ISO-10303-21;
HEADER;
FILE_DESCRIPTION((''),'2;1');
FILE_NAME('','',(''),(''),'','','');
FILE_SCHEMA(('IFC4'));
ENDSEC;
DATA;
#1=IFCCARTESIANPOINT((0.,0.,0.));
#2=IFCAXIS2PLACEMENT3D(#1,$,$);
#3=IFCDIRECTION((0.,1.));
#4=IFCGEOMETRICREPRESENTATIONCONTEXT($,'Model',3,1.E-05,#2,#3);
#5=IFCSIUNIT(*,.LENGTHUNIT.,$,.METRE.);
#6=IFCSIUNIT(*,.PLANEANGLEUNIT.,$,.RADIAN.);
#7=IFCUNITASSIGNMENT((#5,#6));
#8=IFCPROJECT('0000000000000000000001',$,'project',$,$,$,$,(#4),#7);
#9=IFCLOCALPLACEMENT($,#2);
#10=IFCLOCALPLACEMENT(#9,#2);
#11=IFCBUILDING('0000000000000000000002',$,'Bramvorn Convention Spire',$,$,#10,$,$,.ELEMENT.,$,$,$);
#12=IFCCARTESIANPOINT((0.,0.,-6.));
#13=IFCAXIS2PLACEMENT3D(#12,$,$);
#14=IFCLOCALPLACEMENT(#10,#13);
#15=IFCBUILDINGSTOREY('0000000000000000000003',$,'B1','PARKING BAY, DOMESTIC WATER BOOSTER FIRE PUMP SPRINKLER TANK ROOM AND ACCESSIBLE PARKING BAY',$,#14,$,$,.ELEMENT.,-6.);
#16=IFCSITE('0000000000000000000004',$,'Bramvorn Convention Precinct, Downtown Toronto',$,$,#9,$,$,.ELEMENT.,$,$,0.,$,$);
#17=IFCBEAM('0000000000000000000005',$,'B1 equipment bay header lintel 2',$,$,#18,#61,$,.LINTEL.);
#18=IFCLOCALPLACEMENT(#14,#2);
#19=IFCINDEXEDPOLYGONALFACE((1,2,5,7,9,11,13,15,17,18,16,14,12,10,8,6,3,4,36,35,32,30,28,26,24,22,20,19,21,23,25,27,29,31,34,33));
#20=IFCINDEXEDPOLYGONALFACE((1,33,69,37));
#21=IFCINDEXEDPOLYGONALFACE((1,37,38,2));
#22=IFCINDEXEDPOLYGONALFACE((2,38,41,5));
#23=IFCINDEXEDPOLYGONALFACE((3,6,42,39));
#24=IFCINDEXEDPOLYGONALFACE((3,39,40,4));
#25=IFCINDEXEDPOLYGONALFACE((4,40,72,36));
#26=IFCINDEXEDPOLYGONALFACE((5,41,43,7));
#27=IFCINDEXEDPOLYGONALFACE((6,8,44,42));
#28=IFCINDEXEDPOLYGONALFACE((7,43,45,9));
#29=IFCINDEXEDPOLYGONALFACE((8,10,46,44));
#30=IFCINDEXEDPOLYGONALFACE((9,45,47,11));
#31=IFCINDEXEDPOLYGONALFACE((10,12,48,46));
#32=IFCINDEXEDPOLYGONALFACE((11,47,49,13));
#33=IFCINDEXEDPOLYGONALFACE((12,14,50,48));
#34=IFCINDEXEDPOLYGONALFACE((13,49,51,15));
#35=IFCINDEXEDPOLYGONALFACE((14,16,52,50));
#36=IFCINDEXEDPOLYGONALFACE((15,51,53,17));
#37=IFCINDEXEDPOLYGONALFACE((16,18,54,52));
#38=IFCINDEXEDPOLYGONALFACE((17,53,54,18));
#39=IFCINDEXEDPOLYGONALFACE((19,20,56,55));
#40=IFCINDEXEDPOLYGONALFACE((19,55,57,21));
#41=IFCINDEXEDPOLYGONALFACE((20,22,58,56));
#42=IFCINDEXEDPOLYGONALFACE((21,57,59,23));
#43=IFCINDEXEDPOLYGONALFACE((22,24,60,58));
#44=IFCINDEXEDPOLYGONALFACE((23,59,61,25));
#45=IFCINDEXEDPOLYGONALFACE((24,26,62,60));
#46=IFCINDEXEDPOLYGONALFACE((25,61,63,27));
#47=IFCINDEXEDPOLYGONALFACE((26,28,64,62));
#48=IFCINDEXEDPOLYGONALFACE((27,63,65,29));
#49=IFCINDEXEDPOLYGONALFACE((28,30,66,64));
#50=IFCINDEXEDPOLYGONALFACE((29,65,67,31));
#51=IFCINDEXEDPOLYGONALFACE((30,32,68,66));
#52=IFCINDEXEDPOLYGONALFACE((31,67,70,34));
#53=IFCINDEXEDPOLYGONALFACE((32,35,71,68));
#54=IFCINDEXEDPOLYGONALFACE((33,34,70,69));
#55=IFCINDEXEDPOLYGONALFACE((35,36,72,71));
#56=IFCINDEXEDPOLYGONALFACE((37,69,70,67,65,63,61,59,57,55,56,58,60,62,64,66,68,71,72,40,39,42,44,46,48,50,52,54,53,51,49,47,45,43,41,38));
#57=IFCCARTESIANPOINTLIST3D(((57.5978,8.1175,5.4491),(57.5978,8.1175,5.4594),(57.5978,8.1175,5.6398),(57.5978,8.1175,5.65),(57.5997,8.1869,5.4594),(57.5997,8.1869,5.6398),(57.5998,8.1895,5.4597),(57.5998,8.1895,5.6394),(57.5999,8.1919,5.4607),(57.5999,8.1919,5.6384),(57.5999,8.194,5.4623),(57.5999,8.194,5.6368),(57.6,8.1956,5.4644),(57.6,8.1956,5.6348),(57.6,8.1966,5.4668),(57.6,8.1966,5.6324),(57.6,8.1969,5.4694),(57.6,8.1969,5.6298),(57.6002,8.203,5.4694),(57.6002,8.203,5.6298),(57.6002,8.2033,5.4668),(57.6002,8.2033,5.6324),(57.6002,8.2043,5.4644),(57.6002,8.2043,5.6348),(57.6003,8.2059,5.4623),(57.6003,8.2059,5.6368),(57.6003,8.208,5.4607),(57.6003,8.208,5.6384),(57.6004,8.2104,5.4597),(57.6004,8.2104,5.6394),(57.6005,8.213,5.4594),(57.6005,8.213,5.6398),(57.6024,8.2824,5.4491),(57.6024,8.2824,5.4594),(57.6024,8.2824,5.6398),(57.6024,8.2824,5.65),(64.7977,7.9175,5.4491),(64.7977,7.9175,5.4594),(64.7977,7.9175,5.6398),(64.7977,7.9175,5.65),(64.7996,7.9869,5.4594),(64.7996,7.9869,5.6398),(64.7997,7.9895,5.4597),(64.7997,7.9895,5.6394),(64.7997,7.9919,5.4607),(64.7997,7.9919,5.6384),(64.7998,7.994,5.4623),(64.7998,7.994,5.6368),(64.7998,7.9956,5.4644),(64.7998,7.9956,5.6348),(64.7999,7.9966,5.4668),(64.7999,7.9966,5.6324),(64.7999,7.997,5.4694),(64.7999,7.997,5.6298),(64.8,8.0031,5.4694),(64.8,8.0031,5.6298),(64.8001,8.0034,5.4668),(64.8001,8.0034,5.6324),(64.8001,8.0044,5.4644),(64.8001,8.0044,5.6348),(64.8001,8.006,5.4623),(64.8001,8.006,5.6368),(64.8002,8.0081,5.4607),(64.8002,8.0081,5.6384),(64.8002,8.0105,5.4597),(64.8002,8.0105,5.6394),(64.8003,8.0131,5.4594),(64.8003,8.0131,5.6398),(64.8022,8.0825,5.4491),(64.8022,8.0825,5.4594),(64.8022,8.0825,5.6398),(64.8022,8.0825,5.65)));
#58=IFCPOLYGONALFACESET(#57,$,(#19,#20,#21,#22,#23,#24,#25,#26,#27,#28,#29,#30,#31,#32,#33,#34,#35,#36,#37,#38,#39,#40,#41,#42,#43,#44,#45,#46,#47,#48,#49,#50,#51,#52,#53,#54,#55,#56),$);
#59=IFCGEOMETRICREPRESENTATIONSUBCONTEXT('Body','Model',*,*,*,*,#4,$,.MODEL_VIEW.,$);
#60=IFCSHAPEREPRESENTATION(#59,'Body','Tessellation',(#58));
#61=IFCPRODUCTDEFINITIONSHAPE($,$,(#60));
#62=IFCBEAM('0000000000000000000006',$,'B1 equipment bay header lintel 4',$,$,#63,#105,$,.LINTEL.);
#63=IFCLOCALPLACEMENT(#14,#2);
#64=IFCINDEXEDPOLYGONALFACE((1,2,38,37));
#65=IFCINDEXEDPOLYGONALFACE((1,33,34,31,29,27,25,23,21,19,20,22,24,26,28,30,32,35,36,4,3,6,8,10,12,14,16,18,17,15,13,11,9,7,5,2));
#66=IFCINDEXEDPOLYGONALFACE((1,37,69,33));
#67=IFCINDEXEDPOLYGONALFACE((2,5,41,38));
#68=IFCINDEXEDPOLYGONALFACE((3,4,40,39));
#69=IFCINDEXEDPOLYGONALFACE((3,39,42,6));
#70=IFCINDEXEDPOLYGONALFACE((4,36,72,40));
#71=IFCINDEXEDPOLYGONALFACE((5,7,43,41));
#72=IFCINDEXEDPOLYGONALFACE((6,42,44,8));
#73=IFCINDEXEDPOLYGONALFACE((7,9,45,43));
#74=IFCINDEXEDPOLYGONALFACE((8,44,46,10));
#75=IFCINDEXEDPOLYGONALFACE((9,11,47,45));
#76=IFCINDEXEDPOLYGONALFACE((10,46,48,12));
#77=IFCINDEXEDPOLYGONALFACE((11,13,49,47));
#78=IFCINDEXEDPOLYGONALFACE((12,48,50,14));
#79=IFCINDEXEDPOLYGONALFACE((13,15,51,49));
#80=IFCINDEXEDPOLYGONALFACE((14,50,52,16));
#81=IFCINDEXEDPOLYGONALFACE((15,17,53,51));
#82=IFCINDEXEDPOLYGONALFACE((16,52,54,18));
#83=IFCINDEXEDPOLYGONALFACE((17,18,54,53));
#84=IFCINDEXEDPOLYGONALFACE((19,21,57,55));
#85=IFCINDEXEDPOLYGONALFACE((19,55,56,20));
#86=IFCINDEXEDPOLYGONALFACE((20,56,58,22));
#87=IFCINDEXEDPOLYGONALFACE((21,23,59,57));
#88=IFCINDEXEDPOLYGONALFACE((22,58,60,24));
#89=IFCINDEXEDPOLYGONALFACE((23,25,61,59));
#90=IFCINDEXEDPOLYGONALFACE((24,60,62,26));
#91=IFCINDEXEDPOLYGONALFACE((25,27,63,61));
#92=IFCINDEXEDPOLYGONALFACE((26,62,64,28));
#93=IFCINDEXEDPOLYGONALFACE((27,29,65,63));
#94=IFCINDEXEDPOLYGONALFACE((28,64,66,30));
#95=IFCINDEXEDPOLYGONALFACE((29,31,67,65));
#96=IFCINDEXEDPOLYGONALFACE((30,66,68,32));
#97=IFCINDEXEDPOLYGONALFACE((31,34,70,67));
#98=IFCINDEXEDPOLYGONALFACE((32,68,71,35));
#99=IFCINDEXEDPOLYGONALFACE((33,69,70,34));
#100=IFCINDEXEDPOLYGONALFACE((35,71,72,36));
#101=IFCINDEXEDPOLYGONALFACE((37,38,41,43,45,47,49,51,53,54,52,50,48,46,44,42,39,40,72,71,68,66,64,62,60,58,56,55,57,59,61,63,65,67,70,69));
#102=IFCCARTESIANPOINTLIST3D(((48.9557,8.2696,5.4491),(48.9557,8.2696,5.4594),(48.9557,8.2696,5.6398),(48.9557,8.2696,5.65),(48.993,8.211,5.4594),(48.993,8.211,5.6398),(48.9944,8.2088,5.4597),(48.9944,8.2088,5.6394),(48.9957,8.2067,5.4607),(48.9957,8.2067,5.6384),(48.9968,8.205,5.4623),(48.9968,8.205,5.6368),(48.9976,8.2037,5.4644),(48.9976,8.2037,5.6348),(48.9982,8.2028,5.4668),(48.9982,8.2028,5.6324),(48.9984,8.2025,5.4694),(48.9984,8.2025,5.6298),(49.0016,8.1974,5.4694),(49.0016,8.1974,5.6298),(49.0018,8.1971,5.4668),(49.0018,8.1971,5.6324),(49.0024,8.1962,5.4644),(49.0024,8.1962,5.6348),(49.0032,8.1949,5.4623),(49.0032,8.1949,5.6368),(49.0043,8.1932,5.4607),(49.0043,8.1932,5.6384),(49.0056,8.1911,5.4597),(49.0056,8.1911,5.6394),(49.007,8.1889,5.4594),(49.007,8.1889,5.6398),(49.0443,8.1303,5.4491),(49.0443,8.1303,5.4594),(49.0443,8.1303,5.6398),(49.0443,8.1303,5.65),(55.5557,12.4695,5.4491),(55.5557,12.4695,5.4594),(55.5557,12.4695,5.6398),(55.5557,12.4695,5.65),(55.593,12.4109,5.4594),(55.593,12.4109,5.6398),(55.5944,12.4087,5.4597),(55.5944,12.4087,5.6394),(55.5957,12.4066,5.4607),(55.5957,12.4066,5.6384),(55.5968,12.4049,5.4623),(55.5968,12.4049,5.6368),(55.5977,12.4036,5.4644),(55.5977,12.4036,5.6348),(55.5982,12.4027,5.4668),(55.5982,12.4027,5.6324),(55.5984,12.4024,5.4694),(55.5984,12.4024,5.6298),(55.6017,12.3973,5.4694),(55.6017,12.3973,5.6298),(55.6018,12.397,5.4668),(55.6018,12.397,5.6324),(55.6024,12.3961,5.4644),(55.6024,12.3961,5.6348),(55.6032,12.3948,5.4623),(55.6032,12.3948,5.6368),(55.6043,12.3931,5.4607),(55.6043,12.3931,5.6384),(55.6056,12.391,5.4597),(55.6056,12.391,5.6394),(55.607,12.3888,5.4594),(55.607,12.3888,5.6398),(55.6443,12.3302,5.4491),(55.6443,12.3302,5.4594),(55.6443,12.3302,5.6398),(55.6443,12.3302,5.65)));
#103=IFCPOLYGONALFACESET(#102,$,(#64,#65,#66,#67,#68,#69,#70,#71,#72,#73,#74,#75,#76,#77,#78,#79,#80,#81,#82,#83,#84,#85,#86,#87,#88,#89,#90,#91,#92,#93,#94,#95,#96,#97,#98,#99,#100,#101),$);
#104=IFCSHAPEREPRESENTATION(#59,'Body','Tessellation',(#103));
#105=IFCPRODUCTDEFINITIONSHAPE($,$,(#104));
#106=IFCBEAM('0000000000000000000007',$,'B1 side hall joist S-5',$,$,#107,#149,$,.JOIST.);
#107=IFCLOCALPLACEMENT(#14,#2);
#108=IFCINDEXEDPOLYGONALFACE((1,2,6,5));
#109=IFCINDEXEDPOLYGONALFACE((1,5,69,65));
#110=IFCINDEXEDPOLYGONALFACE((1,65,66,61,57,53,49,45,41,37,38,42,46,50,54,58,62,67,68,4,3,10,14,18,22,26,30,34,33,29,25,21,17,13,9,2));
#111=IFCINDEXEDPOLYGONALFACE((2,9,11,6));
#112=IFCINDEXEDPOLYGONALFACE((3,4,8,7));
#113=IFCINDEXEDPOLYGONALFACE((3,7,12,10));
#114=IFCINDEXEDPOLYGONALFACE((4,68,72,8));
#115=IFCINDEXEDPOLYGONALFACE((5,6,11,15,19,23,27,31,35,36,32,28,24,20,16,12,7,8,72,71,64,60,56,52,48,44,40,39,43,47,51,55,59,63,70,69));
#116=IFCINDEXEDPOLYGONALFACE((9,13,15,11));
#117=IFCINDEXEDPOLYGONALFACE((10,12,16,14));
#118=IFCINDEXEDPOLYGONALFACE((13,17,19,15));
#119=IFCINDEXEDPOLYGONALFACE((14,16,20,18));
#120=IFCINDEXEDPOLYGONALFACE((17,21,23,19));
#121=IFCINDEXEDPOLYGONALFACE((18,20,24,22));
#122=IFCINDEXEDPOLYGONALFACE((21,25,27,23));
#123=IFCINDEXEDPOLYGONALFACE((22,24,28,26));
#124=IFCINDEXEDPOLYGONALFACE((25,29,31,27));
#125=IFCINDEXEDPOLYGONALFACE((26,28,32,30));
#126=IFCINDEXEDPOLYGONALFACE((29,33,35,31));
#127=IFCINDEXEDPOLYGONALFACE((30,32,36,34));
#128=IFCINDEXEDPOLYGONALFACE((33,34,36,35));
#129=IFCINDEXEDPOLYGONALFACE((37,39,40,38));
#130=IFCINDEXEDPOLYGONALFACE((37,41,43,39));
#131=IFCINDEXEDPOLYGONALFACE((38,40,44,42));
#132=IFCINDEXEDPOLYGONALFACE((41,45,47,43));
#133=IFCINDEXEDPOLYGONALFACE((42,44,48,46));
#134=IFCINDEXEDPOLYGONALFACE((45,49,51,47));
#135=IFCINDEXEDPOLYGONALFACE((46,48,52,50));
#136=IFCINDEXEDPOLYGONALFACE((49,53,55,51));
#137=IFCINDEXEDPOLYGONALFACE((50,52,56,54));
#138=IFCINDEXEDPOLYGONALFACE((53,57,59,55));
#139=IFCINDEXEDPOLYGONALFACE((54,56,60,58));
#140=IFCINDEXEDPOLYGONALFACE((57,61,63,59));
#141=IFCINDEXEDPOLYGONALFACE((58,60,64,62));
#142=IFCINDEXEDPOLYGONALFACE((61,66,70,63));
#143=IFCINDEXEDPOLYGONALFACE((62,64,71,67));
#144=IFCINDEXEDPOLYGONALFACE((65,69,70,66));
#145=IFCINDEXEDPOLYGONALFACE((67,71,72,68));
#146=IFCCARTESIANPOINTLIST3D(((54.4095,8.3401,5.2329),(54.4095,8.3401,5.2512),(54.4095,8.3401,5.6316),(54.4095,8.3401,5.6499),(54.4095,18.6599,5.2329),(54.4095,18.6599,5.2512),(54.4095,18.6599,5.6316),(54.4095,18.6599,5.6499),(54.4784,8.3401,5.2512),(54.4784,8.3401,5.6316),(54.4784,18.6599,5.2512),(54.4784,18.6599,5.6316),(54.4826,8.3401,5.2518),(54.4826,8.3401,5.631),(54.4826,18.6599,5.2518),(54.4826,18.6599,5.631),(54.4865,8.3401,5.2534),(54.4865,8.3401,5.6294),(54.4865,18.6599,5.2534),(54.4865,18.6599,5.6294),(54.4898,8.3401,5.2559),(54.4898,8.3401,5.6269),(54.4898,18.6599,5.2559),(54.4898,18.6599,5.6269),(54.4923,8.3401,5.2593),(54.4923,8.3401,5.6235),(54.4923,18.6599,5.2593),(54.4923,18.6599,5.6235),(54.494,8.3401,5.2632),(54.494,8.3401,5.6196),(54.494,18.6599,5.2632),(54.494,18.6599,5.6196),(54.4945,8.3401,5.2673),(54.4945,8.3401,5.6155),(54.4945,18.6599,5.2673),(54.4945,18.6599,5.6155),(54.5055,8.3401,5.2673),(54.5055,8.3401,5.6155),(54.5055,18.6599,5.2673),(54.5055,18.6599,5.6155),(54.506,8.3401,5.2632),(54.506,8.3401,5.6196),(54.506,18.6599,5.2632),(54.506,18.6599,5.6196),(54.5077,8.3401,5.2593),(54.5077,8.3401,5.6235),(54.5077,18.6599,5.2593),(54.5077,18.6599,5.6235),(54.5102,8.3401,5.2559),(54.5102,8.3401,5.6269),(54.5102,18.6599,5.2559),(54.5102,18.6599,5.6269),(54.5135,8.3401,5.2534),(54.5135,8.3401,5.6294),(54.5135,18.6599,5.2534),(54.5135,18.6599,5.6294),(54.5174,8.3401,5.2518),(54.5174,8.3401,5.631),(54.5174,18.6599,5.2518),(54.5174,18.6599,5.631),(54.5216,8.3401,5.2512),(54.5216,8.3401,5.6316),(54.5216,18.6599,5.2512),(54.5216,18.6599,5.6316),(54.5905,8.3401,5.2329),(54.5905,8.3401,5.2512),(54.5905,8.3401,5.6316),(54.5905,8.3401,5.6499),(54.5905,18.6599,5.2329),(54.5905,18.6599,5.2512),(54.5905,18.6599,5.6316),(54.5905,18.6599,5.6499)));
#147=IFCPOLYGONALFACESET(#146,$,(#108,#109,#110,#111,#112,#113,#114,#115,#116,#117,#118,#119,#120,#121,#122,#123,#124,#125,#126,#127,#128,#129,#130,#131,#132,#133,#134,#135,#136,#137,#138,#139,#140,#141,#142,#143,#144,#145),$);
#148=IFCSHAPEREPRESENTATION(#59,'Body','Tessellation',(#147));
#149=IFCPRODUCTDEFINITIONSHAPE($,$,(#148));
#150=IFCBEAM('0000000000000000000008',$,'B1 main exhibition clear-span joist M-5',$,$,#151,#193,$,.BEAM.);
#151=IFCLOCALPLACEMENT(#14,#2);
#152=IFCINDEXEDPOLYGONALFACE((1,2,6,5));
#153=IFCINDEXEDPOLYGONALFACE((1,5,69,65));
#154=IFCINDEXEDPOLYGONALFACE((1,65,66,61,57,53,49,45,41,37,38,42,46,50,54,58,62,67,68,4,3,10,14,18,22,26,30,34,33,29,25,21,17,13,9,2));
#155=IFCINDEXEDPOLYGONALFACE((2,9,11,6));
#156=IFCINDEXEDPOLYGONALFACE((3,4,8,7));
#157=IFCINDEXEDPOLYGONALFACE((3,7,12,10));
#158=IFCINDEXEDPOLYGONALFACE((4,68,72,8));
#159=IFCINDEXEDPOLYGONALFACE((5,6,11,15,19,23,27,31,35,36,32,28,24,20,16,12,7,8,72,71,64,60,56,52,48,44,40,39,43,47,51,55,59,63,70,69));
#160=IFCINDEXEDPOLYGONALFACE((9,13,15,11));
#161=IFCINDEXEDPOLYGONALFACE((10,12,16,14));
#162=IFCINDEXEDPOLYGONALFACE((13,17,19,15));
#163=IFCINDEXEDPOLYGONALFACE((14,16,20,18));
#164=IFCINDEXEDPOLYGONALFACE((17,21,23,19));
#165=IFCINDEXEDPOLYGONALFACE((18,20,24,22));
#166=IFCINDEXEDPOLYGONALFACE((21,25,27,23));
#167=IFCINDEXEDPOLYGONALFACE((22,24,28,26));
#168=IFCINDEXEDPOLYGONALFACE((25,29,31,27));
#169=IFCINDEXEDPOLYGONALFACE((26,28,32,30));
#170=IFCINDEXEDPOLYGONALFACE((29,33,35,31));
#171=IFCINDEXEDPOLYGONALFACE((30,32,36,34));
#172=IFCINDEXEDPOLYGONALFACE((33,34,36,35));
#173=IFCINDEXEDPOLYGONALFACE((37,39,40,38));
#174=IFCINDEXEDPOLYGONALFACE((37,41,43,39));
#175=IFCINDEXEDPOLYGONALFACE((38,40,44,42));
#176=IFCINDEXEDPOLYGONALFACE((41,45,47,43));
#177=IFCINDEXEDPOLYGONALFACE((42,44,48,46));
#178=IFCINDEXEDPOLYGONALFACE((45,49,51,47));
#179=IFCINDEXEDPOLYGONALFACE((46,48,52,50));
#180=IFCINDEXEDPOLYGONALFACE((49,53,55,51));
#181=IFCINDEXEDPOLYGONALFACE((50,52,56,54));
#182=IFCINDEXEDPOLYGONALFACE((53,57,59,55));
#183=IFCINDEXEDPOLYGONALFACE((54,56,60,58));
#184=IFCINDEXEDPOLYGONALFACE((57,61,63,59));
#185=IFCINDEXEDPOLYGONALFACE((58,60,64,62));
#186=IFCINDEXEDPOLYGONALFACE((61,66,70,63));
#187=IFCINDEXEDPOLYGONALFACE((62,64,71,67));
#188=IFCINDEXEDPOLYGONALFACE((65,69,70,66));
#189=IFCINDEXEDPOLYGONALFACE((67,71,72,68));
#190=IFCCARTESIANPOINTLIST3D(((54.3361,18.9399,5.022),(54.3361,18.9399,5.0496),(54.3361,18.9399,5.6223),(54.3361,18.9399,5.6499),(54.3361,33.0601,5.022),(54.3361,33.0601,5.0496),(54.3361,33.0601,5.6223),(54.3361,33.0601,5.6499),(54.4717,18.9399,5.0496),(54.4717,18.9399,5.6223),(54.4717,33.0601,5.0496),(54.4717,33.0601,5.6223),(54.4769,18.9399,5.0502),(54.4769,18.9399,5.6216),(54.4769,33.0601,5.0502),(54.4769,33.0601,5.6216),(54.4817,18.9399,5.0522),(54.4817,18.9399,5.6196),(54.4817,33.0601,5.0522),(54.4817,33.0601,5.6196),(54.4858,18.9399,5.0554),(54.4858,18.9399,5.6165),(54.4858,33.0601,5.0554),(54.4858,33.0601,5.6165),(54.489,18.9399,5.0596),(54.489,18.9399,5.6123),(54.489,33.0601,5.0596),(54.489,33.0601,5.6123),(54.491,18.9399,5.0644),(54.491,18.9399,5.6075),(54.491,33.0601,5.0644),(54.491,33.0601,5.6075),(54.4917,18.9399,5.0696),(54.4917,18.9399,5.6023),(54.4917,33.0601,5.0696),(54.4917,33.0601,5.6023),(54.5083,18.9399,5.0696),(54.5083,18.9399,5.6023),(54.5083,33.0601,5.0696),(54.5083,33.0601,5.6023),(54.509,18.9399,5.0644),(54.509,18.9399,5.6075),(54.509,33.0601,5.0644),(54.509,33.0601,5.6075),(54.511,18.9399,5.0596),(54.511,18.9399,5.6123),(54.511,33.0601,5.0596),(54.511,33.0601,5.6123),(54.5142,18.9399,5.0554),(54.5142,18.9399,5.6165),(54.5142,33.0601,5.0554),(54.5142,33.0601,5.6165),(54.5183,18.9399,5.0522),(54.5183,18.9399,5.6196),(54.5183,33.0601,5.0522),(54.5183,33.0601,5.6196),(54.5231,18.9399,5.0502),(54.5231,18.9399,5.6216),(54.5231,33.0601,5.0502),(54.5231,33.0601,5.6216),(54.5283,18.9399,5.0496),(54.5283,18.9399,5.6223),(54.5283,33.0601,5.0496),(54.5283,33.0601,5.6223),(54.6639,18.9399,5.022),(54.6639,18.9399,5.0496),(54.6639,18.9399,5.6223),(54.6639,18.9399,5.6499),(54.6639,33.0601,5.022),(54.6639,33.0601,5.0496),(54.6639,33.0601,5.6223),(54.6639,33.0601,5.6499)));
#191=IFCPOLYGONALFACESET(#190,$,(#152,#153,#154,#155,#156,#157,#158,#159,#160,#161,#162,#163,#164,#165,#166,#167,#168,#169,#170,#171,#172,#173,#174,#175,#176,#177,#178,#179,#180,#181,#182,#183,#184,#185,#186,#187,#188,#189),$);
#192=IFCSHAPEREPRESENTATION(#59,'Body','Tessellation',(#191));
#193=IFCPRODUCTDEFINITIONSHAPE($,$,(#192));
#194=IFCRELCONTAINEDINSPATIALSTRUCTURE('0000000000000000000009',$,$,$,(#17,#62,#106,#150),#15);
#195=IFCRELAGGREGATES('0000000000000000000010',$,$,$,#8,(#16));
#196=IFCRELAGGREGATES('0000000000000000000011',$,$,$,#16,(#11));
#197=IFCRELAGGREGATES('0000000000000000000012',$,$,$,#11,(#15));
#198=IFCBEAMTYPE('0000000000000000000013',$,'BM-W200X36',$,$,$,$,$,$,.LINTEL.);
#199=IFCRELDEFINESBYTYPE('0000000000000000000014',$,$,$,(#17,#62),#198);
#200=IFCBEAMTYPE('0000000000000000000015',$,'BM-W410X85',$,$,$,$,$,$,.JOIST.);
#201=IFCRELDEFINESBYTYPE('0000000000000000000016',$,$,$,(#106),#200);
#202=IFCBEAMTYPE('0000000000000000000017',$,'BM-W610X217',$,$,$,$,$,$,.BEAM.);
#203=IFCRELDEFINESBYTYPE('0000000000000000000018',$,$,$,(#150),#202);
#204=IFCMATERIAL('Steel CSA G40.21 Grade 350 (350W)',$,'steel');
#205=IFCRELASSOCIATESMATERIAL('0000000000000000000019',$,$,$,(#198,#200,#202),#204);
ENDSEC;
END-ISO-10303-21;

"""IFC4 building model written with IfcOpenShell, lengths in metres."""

from ifc_helpers import new_model, si_unit, direction, frame, origin, origin_2d, place, context, subcontext, project, spatial, i_section, extrude, material, material_profile, profile_set, type_object, element, save


model = new_model("IFC4")

# Units and contexts
model_context = context("Model", 3, precision=1e-05, world=origin(), true_north=direction((0.0, 1.0)))
body_context = subcontext(model_context, "Body", "Model", "MODEL_VIEW")
ifc_project = project(units=[si_unit("LENGTHUNIT", "METRE"), si_unit("PLANEANGLEUNIT", "RADIAN")], contexts=[model_context])

# Site, building, storey
site_placement = place(None, origin())
site = spatial("IfcSite", under=ifc_project, at=site_placement, Name="Bramvorn Convention Precinct, Downtown Toronto", CompositionType="ELEMENT", RefElevation=0.0)
building_placement = place(site_placement, origin())
building = spatial("IfcBuilding", under=site, at=building_placement, Name="Bramvorn Convention Spire", CompositionType="ELEMENT")
storey_placement = place(building_placement, frame((0.0, 0.0, -6.0)))
storey = spatial("IfcBuildingStorey", under=building, at=storey_placement, Name="B1", Description="PARKING BAY, DOMESTIC WATER BOOSTER FIRE PUMP SPRINKLER TANK ROOM AND ACCESSIBLE PARKING BAY", CompositionType="ELEMENT", Elevation=-6.0)

# Shared definitions
ifc_material_1 = material(Name="Steel CSA G40.21 Grade 350 (350W)", Category="steel")

# Beams
ifc_material_profile_1 = material_profile(ifc_material_1, i_section(OverallWidth=0.165, OverallDepth=0.2009, WebThickness=0.0061, FlangeThickness=0.0103, FilletRadius=0.01, at=origin_2d()))
ifc_profile_set_1 = profile_set([ifc_material_profile_1], Name="Steel CSA G40.21 Grade 350 (350W) - W200X36")
beam_type_1 = type_object("IfcBeamType", Name="BM-W200X36", PredefinedType="LINTEL", material=ifc_profile_set_1)
beam_1_placement = place(storey_placement, frame((57.6001, 8.2, 5.5496), z_axis=(0.999615, -0.02776, 0.0), x_axis=(0.02776, 0.999615, 0.0)))
element("IfcBeam", 1, at=beam_1_placement, inside=storey, type_object=beam_type_1, Name="B1 equipment bay header lintel 2", PredefinedType="LINTEL", context=body_context, shape_type="SweptSolid", body=[
    extrude(i_section(OverallWidth=0.165, OverallDepth=0.2009, WebThickness=0.0061, FlangeThickness=0.0103, FilletRadius=0.01, at=origin_2d()), origin(), (0.0, 0.0, 1.0), 7.2026),
])
beam_2_placement = place(storey_placement, frame((49.0, 8.2, 5.5496), z_axis=(0.843668, 0.536865, 0.0), x_axis=(-0.536865, 0.843668, 0.0)))
element("IfcBeam", 2, at=beam_2_placement, inside=storey, type_object=beam_type_1, Name="B1 equipment bay header lintel 4", PredefinedType="LINTEL", context=body_context, shape_type="SweptSolid", body=[
    extrude(i_section(OverallWidth=0.165, OverallDepth=0.2009, WebThickness=0.0061, FlangeThickness=0.0103, FilletRadius=0.01, at=origin_2d()), origin(), (0.0, 0.0, 1.0), 7.823),
])
ifc_material_profile_2 = material_profile(ifc_material_1, i_section(OverallWidth=0.1809, OverallDepth=0.417, WebThickness=0.011, FlangeThickness=0.0183, FilletRadius=0.0161, at=origin_2d()))
ifc_profile_set_2 = profile_set([ifc_material_profile_2], Name="Steel CSA G40.21 Grade 350 (350W) - W410X85")
beam_type_2 = type_object("IfcBeamType", Name="BM-W410X85", PredefinedType="JOIST", material=ifc_profile_set_2)
beam_3_placement = place(storey_placement, frame((54.5, 8.3401, 5.4414), z_axis=(0.0, 1.0, 0.0), x_axis=(-1.0, 0.0, 0.0)))
element("IfcBeam", 3, at=beam_3_placement, inside=storey, type_object=beam_type_2, Name="B1 side hall joist S-5", PredefinedType="JOIST", context=body_context, shape_type="SweptSolid", body=[
    extrude(i_section(OverallWidth=0.1809, OverallDepth=0.417, WebThickness=0.011, FlangeThickness=0.0183, FilletRadius=0.0161, at=origin_2d()), origin(), (0.0, 0.0, 1.0), 10.3198),
])
ifc_material_profile_3 = material_profile(ifc_material_1, i_section(OverallWidth=0.3279, OverallDepth=0.6279, WebThickness=0.0166, FlangeThickness=0.0276, FilletRadius=0.02, at=origin_2d()))
ifc_profile_set_3 = profile_set([ifc_material_profile_3], Name="Steel CSA G40.21 Grade 350 (350W) - W610X217")
beam_type_3 = type_object("IfcBeamType", Name="BM-W610X217", PredefinedType="BEAM", material=ifc_profile_set_3)
beam_4_placement = place(storey_placement, frame((54.5, 18.9399, 5.3359), z_axis=(0.0, 1.0, 0.0), x_axis=(-1.0, 0.0, 0.0)))
element("IfcBeam", 4, at=beam_4_placement, inside=storey, type_object=beam_type_3, Name="B1 main exhibition clear-span joist M-5", PredefinedType="BEAM", context=body_context, shape_type="SweptSolid", body=[
    extrude(i_section(OverallWidth=0.3279, OverallDepth=0.6279, WebThickness=0.0166, FlangeThickness=0.0276, FilletRadius=0.02, at=origin_2d()), origin(), (0.0, 0.0, 1.0), 14.1201),
])

save(model, "model.ifc")
